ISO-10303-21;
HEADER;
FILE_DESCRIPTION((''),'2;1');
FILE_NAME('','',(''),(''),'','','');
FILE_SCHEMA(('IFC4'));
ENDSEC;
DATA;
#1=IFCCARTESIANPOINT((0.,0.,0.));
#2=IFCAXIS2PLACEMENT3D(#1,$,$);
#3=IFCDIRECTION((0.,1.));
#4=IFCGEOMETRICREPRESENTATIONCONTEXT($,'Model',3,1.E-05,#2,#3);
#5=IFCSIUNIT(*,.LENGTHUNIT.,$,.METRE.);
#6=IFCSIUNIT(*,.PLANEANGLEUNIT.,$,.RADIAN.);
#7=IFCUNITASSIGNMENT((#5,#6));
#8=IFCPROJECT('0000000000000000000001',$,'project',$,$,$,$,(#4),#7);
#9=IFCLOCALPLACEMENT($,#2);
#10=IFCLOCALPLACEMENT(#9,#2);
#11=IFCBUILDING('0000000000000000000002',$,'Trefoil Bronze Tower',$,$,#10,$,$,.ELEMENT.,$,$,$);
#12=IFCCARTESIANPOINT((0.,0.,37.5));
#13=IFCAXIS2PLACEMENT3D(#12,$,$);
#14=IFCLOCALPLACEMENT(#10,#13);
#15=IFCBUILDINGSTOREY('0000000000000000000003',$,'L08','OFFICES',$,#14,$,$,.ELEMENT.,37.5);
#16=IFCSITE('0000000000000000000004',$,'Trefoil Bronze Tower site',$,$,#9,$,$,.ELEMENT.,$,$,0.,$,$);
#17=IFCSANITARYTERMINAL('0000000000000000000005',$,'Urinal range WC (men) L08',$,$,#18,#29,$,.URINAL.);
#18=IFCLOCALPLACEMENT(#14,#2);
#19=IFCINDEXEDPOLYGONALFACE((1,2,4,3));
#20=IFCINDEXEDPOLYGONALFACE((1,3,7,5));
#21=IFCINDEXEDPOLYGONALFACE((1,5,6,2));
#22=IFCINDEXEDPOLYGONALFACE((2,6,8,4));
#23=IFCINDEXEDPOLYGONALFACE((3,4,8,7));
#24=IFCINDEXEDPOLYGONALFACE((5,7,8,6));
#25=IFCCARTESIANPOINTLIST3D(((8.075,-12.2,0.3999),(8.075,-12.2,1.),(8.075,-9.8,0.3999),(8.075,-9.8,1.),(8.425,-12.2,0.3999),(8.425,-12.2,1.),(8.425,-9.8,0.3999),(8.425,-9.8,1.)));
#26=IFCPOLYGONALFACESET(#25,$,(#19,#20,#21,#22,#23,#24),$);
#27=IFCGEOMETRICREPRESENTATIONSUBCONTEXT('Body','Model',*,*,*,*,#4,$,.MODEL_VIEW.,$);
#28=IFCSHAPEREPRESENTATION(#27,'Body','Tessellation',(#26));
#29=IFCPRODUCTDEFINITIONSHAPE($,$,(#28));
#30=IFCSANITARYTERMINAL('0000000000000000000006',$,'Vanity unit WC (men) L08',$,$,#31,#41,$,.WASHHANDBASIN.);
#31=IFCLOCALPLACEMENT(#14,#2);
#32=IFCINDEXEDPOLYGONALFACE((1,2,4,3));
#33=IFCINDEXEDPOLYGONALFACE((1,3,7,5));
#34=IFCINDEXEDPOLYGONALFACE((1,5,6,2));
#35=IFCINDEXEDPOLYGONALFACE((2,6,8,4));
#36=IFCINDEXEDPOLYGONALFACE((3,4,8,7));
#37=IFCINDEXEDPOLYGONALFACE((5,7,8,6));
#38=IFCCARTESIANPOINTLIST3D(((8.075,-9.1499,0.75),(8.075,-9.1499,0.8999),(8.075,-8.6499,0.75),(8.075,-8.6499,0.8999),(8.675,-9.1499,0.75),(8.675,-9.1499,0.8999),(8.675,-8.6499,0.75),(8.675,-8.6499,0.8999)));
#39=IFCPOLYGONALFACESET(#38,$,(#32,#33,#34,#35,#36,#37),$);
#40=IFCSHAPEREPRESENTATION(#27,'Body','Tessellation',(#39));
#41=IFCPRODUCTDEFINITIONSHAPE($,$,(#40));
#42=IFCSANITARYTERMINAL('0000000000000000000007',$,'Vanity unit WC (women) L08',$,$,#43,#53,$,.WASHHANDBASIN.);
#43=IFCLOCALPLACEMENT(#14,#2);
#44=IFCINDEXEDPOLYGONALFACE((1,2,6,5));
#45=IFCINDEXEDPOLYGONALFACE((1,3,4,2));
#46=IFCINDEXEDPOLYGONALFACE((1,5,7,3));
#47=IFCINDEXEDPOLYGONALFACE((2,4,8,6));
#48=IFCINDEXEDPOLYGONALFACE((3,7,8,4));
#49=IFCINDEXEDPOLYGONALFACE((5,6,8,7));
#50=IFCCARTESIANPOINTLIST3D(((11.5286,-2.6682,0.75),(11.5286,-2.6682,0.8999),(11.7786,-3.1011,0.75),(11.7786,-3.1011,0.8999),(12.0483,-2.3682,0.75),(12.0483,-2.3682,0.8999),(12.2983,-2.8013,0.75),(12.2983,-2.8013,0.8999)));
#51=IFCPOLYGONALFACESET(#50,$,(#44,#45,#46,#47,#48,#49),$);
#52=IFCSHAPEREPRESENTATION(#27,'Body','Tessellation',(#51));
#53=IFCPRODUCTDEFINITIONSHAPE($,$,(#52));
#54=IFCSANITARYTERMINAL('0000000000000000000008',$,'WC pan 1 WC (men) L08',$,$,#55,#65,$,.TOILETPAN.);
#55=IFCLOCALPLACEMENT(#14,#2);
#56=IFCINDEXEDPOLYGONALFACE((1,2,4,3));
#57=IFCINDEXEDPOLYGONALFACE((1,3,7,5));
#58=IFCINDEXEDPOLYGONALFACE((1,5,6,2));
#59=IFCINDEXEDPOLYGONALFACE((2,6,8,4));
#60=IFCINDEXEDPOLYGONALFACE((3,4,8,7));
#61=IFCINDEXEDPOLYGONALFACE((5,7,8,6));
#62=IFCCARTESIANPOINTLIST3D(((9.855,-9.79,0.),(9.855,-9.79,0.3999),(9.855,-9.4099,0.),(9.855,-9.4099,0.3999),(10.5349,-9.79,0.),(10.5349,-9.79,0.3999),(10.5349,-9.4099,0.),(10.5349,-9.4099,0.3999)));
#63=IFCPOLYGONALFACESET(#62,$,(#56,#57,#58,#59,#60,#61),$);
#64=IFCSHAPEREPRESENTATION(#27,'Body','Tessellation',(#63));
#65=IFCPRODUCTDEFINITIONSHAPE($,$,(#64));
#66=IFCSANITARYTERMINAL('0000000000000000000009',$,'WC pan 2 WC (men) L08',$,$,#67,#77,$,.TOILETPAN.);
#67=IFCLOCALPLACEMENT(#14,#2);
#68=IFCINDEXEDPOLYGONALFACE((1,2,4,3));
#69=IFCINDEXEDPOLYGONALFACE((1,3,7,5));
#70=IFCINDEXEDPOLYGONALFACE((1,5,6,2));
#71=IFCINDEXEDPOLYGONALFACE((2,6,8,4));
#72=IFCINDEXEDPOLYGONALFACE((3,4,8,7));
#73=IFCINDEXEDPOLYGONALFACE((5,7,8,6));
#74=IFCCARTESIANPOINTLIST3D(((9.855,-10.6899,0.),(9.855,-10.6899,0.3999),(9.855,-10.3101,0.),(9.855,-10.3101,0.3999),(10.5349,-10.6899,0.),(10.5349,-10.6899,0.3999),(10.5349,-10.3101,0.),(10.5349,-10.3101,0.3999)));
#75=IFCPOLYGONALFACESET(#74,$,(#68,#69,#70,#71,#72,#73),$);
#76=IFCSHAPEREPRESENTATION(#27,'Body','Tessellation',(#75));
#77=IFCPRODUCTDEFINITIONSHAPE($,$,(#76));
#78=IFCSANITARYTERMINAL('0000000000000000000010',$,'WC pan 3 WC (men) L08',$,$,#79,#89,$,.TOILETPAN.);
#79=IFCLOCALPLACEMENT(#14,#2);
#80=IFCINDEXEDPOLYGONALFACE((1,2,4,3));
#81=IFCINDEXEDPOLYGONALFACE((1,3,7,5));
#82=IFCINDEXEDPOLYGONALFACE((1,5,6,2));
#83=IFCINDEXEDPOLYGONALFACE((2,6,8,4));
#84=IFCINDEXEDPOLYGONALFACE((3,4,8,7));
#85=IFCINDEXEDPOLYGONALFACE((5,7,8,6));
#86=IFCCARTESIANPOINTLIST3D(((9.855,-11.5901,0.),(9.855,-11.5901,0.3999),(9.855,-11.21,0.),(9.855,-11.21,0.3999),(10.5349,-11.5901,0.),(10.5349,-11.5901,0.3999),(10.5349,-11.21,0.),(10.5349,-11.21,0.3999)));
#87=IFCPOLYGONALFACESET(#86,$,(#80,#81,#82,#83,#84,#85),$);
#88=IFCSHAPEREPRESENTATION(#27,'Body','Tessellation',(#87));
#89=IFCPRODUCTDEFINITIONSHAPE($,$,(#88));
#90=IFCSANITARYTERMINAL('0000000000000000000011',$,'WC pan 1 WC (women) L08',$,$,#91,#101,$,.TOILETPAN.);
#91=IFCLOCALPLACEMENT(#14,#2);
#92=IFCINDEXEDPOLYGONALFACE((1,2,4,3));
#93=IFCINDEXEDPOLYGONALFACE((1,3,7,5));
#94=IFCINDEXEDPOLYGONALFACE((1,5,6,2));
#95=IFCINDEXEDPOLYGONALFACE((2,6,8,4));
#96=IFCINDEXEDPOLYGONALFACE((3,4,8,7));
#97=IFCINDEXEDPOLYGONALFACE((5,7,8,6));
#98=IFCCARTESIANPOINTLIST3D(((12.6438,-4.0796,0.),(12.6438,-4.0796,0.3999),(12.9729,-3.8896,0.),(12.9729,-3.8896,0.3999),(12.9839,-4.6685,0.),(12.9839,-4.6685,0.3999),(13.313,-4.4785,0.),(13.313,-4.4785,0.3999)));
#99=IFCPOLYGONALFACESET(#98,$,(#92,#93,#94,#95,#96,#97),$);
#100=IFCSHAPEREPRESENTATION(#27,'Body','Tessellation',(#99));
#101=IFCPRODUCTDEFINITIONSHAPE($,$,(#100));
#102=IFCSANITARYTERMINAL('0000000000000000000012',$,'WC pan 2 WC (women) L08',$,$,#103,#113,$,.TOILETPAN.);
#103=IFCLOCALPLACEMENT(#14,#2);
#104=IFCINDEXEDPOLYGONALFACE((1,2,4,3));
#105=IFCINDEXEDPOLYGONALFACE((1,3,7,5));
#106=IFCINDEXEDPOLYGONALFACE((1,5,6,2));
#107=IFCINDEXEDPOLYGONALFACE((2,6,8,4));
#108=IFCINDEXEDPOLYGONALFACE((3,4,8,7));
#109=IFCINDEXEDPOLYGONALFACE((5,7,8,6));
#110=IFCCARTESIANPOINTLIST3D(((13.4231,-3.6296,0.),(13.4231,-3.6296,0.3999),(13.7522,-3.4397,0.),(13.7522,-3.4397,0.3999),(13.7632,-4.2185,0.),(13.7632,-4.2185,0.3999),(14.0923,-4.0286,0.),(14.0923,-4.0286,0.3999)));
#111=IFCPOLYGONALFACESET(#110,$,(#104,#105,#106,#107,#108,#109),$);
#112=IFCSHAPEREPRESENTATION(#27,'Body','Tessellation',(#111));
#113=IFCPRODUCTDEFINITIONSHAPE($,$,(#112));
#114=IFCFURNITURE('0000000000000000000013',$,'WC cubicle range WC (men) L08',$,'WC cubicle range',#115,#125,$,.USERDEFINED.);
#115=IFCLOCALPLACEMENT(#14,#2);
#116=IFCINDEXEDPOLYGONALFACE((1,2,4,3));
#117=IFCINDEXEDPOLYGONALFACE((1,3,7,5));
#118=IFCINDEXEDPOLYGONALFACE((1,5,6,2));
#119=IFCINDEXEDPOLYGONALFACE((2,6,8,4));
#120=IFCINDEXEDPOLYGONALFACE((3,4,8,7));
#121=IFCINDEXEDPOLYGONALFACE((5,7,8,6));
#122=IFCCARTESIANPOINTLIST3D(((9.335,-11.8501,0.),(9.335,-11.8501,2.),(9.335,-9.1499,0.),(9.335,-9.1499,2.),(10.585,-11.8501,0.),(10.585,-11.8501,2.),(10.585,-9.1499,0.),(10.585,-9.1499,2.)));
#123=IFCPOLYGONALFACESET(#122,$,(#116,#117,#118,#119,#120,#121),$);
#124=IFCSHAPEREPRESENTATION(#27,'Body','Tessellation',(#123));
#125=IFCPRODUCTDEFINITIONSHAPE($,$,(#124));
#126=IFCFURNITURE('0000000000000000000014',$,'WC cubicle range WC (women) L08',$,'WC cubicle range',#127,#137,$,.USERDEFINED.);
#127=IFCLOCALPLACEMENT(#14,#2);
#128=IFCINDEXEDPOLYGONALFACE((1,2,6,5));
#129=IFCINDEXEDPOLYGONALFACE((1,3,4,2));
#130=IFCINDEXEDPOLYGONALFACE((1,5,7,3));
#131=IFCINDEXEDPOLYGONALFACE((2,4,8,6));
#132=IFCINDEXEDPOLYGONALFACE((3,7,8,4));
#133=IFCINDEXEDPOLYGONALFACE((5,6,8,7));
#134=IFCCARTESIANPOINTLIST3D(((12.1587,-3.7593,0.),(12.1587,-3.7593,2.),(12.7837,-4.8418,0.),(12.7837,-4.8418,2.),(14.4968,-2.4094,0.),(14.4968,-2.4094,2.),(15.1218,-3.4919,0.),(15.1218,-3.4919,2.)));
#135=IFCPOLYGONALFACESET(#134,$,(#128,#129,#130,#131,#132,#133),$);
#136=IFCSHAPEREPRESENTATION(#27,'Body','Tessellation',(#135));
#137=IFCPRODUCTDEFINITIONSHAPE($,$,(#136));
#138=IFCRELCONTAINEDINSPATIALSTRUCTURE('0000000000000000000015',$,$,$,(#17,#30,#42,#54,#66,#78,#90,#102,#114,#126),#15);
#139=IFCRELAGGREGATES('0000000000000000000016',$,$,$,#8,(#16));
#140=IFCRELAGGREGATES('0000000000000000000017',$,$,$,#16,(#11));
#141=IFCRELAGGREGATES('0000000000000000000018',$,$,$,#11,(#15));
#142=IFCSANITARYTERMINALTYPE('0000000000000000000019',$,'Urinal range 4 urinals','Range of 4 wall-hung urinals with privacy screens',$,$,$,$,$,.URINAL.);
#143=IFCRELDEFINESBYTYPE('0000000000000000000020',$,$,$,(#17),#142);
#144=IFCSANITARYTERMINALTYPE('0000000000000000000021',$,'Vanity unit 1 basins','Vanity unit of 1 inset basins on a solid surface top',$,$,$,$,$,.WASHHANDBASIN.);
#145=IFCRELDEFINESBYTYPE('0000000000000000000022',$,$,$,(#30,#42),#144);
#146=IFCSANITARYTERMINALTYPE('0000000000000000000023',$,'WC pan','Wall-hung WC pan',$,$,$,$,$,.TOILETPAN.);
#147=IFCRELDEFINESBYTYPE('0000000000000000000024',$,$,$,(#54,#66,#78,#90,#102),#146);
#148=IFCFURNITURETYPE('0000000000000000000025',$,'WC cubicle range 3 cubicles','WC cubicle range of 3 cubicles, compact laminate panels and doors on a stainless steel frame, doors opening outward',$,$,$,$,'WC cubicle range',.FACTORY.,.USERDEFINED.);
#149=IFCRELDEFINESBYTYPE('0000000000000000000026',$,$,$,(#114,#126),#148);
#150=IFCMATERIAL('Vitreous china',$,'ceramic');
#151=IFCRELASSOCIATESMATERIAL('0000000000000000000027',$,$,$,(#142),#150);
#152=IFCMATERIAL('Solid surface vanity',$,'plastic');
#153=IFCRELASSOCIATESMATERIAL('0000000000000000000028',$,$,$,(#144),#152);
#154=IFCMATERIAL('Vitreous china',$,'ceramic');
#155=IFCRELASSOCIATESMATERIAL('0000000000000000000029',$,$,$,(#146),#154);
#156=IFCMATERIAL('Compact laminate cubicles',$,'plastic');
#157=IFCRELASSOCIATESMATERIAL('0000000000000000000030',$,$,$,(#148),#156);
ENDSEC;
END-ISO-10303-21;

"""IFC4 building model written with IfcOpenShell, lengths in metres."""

from ifc_helpers import new_model, si_unit, direction, frame, origin, place, context, subcontext, project, spatial, polyline, outline, extrude, material, type_object, element, save


model = new_model("IFC4")

# Units and contexts
model_context = context("Model", 3, precision=1e-05, world=origin(), true_north=direction((0.0, 1.0)))
body_context = subcontext(model_context, "Body", "Model", "MODEL_VIEW")
ifc_project = project(units=[si_unit("LENGTHUNIT", "METRE"), si_unit("PLANEANGLEUNIT", "RADIAN")], contexts=[model_context])

# Site, building, storey
site_placement = place(None, origin())
site = spatial("IfcSite", under=ifc_project, at=site_placement, Name="Trefoil Bronze Tower site", CompositionType="ELEMENT", RefElevation=0.0)
building_placement = place(site_placement, origin())
building = spatial("IfcBuilding", under=site, at=building_placement, Name="Trefoil Bronze Tower", CompositionType="ELEMENT")
storey_placement = place(building_placement, frame((0.0, 0.0, 37.5)))
storey = spatial("IfcBuildingStorey", under=building, at=storey_placement, Name="L08", Description="OFFICES", CompositionType="ELEMENT", Elevation=37.5)

# Sanitary terminals
ifc_material_1 = material(Name="Vitreous china", Category="ceramic")
sanitary_terminal_type_1 = type_object("IfcSanitaryTerminalType", Name="Urinal range 4 urinals", Description="Range of 4 wall-hung urinals with privacy screens", PredefinedType="URINAL", material=ifc_material_1)
sanitary_terminal_1_placement = place(storey_placement, frame((0.0, 0.0, 0.3999)))
element("IfcSanitaryTerminal", 1, at=sanitary_terminal_1_placement, inside=storey, type_object=sanitary_terminal_type_1, Name="Urinal range WC (men) L08", PredefinedType="URINAL", context=body_context, shape_type="SweptSolid", body=[
    extrude(outline(polyline([(8.075, -9.8), (8.425, -9.8), (8.425, -12.2), (8.075, -12.2), (8.075, -9.8)])), origin(), (0.0, 0.0, 1.0), 0.6001),
])
ifc_material_2 = material(Name="Solid surface vanity", Category="plastic")
sanitary_terminal_type_2 = type_object("IfcSanitaryTerminalType", Name="Vanity unit 1 basins", Description="Vanity unit of 1 inset basins on a solid surface top", PredefinedType="WASHHANDBASIN", material=ifc_material_2)
sanitary_terminal_2_placement = place(storey_placement, frame((0.0, 0.0, 0.75)))
element("IfcSanitaryTerminal", 2, at=sanitary_terminal_2_placement, inside=storey, type_object=sanitary_terminal_type_2, Name="Vanity unit WC (men) L08", PredefinedType="WASHHANDBASIN", context=body_context, shape_type="SweptSolid", body=[
    extrude(outline(polyline([(8.075, -8.6499), (8.675, -8.6499), (8.675, -9.1499), (8.075, -9.1499), (8.075, -8.6499)])), origin(), (0.0, 0.0, 1.0), 0.1499),
])
sanitary_terminal_3_placement = place(storey_placement, frame((0.0, 0.0, 0.75)))
element("IfcSanitaryTerminal", 3, at=sanitary_terminal_3_placement, inside=storey, type_object=sanitary_terminal_type_2, Name="Vanity unit WC (women) L08", PredefinedType="WASHHANDBASIN", context=body_context, shape_type="SweptSolid", body=[
    extrude(outline(polyline([(11.5286, -2.6682), (11.7786, -3.1011), (12.2983, -2.8013), (12.0483, -2.3682), (11.5286, -2.6682)])), origin(), (0.0, 0.0, 1.0), 0.1499),
])
ifc_material_3 = material(Name="Vitreous china", Category="ceramic")
sanitary_terminal_type_3 = type_object("IfcSanitaryTerminalType", Name="WC pan", Description="Wall-hung WC pan", PredefinedType="TOILETPAN", material=ifc_material_3)
sanitary_terminal_4_placement = place(storey_placement, origin())
element("IfcSanitaryTerminal", 4, at=sanitary_terminal_4_placement, inside=storey, type_object=sanitary_terminal_type_3, Name="WC pan 1 WC (men) L08", PredefinedType="TOILETPAN", context=body_context, shape_type="SweptSolid", body=[
    extrude(outline(polyline([(9.855, -9.4099), (10.5349, -9.4099), (10.5349, -9.79), (9.855, -9.79), (9.855, -9.4099)])), origin(), (0.0, 0.0, 1.0), 0.3999),
])
sanitary_terminal_5_placement = place(storey_placement, origin())
element("IfcSanitaryTerminal", 5, at=sanitary_terminal_5_placement, inside=storey, type_object=sanitary_terminal_type_3, Name="WC pan 2 WC (men) L08", PredefinedType="TOILETPAN", context=body_context, shape_type="SweptSolid", body=[
    extrude(outline(polyline([(9.855, -10.3101), (10.5349, -10.3101), (10.5349, -10.6899), (9.855, -10.6899), (9.855, -10.3101)])), origin(), (0.0, 0.0, 1.0), 0.3999),
])
sanitary_terminal_6_placement = place(storey_placement, origin())
element("IfcSanitaryTerminal", 6, at=sanitary_terminal_6_placement, inside=storey, type_object=sanitary_terminal_type_3, Name="WC pan 3 WC (men) L08", PredefinedType="TOILETPAN", context=body_context, shape_type="SweptSolid", body=[
    extrude(outline(polyline([(9.855, -11.21), (10.5349, -11.21), (10.5349, -11.5901), (9.855, -11.5901), (9.855, -11.21)])), origin(), (0.0, 0.0, 1.0), 0.3999),
])
sanitary_terminal_7_placement = place(storey_placement, origin())
element("IfcSanitaryTerminal", 7, at=sanitary_terminal_7_placement, inside=storey, type_object=sanitary_terminal_type_3, Name="WC pan 1 WC (women) L08", PredefinedType="TOILETPAN", context=body_context, shape_type="SweptSolid", body=[
    extrude(outline(polyline([(12.6438, -4.0796), (12.9839, -4.6685), (13.313, -4.4785), (12.9729, -3.8896), (12.6438, -4.0796)])), origin(), (0.0, 0.0, 1.0), 0.3999),
])
sanitary_terminal_8_placement = place(storey_placement, origin())
element("IfcSanitaryTerminal", 8, at=sanitary_terminal_8_placement, inside=storey, type_object=sanitary_terminal_type_3, Name="WC pan 2 WC (women) L08", PredefinedType="TOILETPAN", context=body_context, shape_type="SweptSolid", body=[
    extrude(outline(polyline([(13.4231, -3.6296), (13.7632, -4.2185), (14.0923, -4.0286), (13.7522, -3.4397), (13.4231, -3.6296)])), origin(), (0.0, 0.0, 1.0), 0.3999),
])

# Furniture
ifc_material_4 = material(Name="Compact laminate cubicles", Category="plastic")
furniture_type = type_object("IfcFurnitureType", Name="WC cubicle range 3 cubicles", Description="WC cubicle range of 3 cubicles, compact laminate panels and doors on a stainless steel frame, doors opening outward", ElementType="WC cubicle range", AssemblyPlace="FACTORY", PredefinedType="USERDEFINED", material=ifc_material_4)
furniture_1_placement = place(storey_placement, origin())
element("IfcFurniture", 9, at=furniture_1_placement, inside=storey, type_object=furniture_type, Name="WC cubicle range WC (men) L08", ObjectType="WC cubicle range", PredefinedType="USERDEFINED", context=body_context, shape_type="SweptSolid", body=[
    extrude(outline(polyline([(9.335, -9.1499), (10.585, -9.1499), (10.585, -11.8501), (9.335, -11.8501), (9.335, -9.1499)])), origin(), (0.0, 0.0, 1.0), 2.0),
])
furniture_2_placement = place(storey_placement, origin())
element("IfcFurniture", 10, at=furniture_2_placement, inside=storey, type_object=furniture_type, Name="WC cubicle range WC (women) L08", ObjectType="WC cubicle range", PredefinedType="USERDEFINED", context=body_context, shape_type="SweptSolid", body=[
    extrude(outline(polyline([(12.1587, -3.7593), (12.7837, -4.8418), (15.1218, -3.4919), (14.4968, -2.4094), (12.1587, -3.7593)])), origin(), (0.0, 0.0, 1.0), 2.0),
])

save(model, "model.ifc")
